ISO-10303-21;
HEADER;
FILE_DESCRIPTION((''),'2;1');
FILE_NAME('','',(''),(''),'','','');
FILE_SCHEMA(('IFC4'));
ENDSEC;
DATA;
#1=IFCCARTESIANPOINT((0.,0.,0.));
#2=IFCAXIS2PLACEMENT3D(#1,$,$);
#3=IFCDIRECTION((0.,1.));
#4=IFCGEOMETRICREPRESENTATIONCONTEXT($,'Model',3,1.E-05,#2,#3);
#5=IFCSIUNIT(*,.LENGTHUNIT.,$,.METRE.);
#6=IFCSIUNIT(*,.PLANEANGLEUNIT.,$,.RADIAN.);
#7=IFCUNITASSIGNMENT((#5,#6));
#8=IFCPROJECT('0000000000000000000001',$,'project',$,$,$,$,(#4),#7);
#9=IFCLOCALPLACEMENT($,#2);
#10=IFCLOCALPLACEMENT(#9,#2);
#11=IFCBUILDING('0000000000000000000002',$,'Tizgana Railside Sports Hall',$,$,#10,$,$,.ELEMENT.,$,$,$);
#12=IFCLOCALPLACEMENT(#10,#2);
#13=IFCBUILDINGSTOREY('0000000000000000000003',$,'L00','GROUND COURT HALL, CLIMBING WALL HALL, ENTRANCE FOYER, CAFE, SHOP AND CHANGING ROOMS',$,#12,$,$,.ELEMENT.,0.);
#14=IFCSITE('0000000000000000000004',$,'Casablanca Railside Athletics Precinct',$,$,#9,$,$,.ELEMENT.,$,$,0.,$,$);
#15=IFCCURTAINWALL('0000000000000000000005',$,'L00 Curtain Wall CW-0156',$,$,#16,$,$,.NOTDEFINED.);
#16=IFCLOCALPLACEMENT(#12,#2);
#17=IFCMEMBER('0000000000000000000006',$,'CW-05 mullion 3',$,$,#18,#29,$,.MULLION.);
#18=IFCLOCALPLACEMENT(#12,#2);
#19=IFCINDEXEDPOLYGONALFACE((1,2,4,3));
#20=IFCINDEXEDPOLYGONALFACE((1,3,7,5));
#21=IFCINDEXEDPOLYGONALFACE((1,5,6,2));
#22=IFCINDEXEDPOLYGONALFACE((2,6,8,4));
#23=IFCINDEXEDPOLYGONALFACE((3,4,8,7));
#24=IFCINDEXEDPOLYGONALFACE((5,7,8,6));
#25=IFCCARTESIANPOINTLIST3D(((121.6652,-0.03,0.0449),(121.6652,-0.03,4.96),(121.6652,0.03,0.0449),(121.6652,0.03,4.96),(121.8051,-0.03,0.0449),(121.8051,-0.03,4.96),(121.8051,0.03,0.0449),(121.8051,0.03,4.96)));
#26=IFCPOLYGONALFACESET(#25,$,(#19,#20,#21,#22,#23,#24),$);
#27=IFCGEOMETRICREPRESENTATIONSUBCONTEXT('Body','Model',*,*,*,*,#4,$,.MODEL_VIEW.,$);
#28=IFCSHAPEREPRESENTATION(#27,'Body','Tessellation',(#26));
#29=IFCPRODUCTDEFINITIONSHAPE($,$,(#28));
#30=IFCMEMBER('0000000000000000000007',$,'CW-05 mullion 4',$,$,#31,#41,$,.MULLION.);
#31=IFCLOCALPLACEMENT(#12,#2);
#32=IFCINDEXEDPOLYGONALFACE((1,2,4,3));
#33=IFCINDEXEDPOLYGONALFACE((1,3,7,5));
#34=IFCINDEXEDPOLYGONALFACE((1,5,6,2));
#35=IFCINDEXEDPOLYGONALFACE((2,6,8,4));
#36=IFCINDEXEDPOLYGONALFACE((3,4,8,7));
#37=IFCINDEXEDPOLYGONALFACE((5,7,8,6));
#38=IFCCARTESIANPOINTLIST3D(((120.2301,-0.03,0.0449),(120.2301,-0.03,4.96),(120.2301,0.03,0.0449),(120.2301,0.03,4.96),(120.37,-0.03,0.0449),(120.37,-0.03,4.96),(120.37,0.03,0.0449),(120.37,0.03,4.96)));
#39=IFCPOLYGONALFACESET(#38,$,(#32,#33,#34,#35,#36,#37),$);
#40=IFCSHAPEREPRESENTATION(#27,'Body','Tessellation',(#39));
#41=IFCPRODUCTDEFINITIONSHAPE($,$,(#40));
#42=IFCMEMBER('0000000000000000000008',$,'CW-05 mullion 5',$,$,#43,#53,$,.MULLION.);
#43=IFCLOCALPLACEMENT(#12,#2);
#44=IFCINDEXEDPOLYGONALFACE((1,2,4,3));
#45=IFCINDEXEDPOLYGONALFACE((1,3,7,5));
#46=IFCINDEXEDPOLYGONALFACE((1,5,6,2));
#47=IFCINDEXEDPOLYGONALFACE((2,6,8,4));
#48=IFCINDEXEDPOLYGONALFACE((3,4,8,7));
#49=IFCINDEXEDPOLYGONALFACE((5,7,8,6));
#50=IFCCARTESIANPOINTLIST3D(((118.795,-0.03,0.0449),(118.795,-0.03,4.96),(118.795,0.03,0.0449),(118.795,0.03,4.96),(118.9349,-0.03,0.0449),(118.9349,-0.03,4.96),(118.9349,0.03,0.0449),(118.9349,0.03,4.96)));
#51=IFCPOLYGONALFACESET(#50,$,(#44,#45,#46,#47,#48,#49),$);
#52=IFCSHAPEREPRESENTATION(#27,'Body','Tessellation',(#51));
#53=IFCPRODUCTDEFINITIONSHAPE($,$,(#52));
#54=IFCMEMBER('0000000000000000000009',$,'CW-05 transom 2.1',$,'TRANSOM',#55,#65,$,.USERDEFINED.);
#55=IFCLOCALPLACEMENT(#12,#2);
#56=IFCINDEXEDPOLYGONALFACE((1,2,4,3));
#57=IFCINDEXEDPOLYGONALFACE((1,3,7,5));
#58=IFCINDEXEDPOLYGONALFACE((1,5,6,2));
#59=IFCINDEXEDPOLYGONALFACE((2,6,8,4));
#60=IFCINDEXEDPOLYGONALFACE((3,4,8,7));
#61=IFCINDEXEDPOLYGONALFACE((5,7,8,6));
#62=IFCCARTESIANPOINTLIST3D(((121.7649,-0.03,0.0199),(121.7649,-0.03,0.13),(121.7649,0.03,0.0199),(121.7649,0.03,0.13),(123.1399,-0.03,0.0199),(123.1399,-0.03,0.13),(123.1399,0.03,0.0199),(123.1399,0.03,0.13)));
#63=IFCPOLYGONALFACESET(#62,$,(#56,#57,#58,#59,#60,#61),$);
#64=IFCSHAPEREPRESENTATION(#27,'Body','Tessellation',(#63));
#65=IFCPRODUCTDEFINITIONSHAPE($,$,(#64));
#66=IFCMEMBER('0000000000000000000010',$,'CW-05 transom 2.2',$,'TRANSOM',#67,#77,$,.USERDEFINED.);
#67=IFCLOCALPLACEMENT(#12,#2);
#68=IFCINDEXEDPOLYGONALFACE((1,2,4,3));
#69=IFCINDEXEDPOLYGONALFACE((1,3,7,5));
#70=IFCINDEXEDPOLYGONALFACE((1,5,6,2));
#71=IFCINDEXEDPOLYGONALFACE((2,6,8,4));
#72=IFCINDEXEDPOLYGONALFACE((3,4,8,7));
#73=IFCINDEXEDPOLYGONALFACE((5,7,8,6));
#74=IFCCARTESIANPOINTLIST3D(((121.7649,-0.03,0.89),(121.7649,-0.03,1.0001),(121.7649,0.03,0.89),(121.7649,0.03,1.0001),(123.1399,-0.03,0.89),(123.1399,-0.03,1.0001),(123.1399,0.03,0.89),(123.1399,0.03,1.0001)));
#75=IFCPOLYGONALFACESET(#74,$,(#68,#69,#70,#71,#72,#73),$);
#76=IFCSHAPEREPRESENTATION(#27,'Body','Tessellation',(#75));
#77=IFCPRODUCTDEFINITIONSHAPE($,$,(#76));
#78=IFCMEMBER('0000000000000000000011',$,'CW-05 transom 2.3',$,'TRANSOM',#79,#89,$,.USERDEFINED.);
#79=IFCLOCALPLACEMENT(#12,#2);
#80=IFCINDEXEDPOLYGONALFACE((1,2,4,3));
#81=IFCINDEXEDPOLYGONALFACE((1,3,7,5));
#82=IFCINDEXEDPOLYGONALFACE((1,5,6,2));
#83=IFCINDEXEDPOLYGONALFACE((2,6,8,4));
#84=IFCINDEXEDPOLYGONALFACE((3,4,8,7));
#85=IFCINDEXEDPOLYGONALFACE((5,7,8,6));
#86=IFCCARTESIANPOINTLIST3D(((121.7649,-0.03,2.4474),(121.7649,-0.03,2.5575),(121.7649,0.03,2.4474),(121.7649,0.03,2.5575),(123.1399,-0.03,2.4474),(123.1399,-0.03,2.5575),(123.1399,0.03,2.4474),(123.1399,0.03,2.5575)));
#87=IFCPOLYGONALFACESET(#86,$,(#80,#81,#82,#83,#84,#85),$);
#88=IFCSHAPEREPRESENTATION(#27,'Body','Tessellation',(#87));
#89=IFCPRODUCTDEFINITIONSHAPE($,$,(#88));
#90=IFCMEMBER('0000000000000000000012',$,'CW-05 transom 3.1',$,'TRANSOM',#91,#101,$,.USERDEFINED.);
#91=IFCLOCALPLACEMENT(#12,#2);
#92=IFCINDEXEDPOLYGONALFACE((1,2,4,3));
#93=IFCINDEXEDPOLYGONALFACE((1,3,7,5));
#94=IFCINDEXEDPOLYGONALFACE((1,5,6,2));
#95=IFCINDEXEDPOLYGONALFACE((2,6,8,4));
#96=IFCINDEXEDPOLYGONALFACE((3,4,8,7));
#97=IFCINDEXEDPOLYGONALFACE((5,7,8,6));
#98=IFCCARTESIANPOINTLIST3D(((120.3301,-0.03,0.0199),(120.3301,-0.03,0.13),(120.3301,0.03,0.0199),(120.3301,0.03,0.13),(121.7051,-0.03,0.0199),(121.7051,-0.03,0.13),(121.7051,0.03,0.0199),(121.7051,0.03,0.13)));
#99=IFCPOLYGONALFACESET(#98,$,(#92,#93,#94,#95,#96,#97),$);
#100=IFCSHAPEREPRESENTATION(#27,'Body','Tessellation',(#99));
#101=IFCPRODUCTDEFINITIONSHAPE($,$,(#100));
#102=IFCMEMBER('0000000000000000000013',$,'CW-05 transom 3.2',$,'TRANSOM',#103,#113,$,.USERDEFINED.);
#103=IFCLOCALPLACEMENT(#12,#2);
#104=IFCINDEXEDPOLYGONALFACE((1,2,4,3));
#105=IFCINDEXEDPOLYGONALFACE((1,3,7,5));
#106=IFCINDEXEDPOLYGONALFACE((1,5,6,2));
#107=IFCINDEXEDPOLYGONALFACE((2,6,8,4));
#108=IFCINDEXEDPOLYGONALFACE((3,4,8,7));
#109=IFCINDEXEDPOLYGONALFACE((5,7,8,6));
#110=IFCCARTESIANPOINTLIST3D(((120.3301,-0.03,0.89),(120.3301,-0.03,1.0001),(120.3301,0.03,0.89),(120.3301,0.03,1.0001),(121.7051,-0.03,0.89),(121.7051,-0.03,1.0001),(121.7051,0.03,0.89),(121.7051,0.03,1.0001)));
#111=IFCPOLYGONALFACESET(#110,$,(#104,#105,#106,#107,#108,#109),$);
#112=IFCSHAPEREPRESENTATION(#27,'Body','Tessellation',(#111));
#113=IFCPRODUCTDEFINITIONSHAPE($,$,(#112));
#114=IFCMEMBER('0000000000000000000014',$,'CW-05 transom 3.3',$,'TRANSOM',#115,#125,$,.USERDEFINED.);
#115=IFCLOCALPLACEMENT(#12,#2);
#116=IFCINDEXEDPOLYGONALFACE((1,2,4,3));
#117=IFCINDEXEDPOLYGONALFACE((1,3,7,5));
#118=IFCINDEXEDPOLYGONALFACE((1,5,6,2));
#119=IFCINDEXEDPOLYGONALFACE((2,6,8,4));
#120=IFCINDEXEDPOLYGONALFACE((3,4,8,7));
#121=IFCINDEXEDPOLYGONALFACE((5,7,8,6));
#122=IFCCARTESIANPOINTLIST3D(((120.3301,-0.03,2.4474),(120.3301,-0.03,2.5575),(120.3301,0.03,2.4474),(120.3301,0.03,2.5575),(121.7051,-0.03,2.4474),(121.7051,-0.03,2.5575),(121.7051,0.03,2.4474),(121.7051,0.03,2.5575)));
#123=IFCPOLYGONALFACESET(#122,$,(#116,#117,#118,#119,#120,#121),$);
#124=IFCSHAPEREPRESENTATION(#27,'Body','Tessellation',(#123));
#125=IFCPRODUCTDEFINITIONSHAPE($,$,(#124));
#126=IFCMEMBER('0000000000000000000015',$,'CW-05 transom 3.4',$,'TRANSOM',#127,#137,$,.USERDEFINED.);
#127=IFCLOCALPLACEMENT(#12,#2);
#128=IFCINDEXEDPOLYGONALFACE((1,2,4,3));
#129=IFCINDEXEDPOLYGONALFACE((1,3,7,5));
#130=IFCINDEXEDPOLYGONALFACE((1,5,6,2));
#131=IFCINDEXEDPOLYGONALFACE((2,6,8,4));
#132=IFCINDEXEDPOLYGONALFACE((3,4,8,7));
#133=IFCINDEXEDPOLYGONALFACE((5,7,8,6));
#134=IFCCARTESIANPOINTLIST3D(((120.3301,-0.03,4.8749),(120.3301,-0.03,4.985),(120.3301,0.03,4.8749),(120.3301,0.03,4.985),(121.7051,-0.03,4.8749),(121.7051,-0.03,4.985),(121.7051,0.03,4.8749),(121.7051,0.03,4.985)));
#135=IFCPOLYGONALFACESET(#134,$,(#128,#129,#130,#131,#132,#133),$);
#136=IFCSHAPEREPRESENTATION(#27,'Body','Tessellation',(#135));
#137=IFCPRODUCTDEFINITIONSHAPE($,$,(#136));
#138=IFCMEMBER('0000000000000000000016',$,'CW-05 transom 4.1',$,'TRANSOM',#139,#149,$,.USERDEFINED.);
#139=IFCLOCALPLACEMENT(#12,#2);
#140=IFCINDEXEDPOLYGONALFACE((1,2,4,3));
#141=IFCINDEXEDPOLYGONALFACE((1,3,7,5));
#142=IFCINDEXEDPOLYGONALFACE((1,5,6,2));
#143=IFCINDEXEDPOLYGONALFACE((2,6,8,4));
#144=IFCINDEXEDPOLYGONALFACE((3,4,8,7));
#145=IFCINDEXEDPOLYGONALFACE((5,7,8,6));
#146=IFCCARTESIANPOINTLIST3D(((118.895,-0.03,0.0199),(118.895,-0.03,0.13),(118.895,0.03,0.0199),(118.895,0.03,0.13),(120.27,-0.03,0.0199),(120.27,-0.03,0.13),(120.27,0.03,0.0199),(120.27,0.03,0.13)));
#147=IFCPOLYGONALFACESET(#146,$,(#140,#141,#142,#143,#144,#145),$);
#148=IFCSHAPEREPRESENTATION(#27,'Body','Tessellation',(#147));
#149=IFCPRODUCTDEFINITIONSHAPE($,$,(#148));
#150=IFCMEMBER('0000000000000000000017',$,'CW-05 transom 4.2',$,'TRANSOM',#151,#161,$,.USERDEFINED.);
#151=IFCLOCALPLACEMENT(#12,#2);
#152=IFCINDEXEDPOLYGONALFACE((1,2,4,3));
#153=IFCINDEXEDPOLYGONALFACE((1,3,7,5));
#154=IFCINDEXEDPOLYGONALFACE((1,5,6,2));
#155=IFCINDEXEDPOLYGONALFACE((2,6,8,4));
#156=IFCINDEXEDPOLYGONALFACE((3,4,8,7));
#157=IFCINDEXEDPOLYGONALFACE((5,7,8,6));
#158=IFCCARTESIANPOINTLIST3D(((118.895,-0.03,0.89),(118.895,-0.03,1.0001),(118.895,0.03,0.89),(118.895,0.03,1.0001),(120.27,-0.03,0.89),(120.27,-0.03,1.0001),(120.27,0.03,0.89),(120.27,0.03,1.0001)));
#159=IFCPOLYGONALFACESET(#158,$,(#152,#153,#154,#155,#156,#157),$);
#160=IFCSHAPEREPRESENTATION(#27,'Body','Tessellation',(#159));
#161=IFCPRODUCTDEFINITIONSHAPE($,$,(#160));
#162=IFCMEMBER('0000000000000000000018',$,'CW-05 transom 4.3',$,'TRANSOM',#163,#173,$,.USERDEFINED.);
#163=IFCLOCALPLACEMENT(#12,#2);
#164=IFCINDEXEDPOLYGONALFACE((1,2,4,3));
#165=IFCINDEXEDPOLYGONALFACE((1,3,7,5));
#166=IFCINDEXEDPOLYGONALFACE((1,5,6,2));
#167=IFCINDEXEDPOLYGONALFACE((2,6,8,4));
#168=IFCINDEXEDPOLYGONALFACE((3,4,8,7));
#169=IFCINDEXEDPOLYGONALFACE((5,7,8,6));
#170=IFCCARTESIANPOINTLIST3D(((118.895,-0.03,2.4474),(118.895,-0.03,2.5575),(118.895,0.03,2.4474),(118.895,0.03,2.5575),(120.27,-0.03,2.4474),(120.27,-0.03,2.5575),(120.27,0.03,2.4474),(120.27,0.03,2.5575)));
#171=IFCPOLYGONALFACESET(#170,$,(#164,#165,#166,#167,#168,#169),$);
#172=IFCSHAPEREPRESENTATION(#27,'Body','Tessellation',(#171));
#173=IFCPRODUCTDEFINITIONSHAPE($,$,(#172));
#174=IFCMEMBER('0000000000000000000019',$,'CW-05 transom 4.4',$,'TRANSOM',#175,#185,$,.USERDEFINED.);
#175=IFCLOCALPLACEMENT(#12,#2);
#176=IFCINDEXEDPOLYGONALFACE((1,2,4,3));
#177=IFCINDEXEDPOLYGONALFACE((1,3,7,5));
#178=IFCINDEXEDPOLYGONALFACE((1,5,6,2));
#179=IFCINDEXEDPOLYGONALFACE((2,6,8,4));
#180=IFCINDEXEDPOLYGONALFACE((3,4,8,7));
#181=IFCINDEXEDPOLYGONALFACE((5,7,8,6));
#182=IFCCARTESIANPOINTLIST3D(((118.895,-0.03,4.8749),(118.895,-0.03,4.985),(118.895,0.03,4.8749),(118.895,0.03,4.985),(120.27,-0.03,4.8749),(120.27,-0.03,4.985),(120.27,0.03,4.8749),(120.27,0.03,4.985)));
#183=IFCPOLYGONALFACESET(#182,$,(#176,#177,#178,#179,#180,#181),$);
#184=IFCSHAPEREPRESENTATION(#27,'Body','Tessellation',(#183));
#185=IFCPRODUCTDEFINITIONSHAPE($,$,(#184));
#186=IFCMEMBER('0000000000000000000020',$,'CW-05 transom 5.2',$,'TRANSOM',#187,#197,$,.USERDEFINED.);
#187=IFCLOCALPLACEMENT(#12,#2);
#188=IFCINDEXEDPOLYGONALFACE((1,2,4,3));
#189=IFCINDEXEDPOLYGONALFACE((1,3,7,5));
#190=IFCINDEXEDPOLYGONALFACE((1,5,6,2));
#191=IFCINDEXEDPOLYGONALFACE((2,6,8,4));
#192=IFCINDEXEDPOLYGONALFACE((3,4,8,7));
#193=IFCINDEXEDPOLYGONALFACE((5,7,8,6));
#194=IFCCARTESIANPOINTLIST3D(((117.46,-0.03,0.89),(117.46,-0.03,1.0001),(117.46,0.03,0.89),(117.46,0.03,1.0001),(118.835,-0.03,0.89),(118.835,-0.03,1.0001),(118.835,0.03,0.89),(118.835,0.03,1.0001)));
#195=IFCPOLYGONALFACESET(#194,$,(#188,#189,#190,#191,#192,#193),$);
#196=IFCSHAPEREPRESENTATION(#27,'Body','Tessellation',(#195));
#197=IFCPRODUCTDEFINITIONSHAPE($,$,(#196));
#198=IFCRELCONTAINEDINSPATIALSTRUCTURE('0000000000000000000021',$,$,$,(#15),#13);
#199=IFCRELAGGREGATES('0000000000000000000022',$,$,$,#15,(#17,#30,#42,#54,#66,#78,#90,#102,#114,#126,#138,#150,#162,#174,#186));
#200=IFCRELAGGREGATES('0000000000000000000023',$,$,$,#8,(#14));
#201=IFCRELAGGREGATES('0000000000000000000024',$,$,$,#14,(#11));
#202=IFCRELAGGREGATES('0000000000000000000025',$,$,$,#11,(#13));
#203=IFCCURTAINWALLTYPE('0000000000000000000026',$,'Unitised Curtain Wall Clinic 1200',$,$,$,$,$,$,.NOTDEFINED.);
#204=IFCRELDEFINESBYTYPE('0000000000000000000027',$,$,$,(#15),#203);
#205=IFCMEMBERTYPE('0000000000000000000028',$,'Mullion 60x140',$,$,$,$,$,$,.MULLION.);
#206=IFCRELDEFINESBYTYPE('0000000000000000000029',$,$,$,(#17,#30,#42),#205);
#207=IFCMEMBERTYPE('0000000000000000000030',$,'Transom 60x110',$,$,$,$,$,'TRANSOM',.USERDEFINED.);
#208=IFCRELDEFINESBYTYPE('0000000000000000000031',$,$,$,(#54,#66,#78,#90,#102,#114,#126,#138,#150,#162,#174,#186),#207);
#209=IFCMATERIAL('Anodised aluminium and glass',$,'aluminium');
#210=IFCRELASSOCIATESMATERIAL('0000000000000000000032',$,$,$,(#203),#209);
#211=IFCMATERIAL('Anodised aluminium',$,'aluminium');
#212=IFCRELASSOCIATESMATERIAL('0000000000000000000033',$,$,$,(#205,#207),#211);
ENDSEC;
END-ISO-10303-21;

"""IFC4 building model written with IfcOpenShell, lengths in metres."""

from ifc_helpers import new_model, si_unit, direction, frame, origin, origin_2d, place, context, subcontext, project, spatial, rectangle, extrude, material, material_profile, profile_set, type_object, element, aggregate, save


model = new_model("IFC4")

# Units and contexts
model_context = context("Model", 3, precision=1e-05, world=origin(), true_north=direction((0.0, 1.0)))
body_context = subcontext(model_context, "Body", "Model", "MODEL_VIEW")
ifc_project = project(units=[si_unit("LENGTHUNIT", "METRE"), si_unit("PLANEANGLEUNIT", "RADIAN")], contexts=[model_context])

# Site, building, storey
site_placement = place(None, origin())
site = spatial("IfcSite", under=ifc_project, at=site_placement, Name="Casablanca Railside Athletics Precinct", CompositionType="ELEMENT", RefElevation=0.0)
building_placement = place(site_placement, origin())
building = spatial("IfcBuilding", under=site, at=building_placement, Name="Tizgana Railside Sports Hall", CompositionType="ELEMENT")
storey_placement = place(building_placement, origin())
storey = spatial("IfcBuildingStorey", under=building, at=storey_placement, Name="L00", Description="GROUND COURT HALL, CLIMBING WALL HALL, ENTRANCE FOYER, CAFE, SHOP AND CHANGING ROOMS", CompositionType="ELEMENT", Elevation=0.0)

# Curtain wall, members
ifc_material_1 = material(Name="Anodised aluminium and glass", Category="aluminium")
curtain_wall_type = type_object("IfcCurtainWallType", Name="Unitised Curtain Wall Clinic 1200", PredefinedType="NOTDEFINED", material=ifc_material_1)
curtain_wall_placement = place(storey_placement, origin())
curtain_wall = element("IfcCurtainWall", 1, at=curtain_wall_placement, inside=storey, type_object=curtain_wall_type, Name="L00 Curtain Wall CW-0156", PredefinedType="NOTDEFINED")
ifc_material_2 = material(Name="Anodised aluminium", Category="aluminium")
ifc_material_profile_1 = material_profile(ifc_material_2, rectangle(XDim=0.0601, YDim=0.1399, at=origin_2d()), Name="Mullion 60x140")
ifc_profile_set_1 = profile_set([ifc_material_profile_1], Name="Anodised aluminium")
member_type_1 = type_object("IfcMemberType", Name="Mullion 60x140", PredefinedType="MULLION", material=ifc_profile_set_1)
member_1_placement = place(storey_placement, frame((121.7351, 0.0, 0.0449), z_axis=(0.0, 0.0, 1.0), x_axis=(0.0, -1.0, 0.0)))
member_1 = element("IfcMember", 2, at=member_1_placement, type_object=member_type_1, Name="CW-05 mullion 3", PredefinedType="MULLION", context=body_context, shape_type="SweptSolid", body=[
    extrude(rectangle(XDim=0.0601, YDim=0.1399, at=origin_2d()), origin(), (0.0, 0.0, 1.0), 4.915),
])
member_2_placement = place(storey_placement, frame((120.3, 0.0, 0.0449), z_axis=(0.0, 0.0, 1.0), x_axis=(0.0, -1.0, 0.0)))
member_2 = element("IfcMember", 3, at=member_2_placement, type_object=member_type_1, Name="CW-05 mullion 4", PredefinedType="MULLION", context=body_context, shape_type="SweptSolid", body=[
    extrude(rectangle(XDim=0.0601, YDim=0.1399, at=origin_2d()), origin(), (0.0, 0.0, 1.0), 4.915),
])
member_3_placement = place(storey_placement, frame((118.865, 0.0, 0.0449), z_axis=(0.0, 0.0, 1.0), x_axis=(0.0, -1.0, 0.0)))
member_3 = element("IfcMember", 4, at=member_3_placement, type_object=member_type_1, Name="CW-05 mullion 5", PredefinedType="MULLION", context=body_context, shape_type="SweptSolid", body=[
    extrude(rectangle(XDim=0.0601, YDim=0.1399, at=origin_2d()), origin(), (0.0, 0.0, 1.0), 4.915),
])
ifc_material_profile_2 = material_profile(ifc_material_2, rectangle(XDim=0.0601, YDim=0.1101, at=origin_2d()), Name="Transom 60x110")
ifc_profile_set_2 = profile_set([ifc_material_profile_2], Name="Anodised aluminium")
member_type_2 = type_object("IfcMemberType", Name="Transom 60x110", ElementType="TRANSOM", PredefinedType="USERDEFINED", material=ifc_profile_set_2)
member_4_placement = place(storey_placement, frame((123.1399, 0.0, 0.075), z_axis=(-1.0, 0.0, 0.0), x_axis=(0.0, -1.0, 0.0)))
member_4 = element("IfcMember", 5, at=member_4_placement, type_object=member_type_2, Name="CW-05 transom 2.1", ObjectType="TRANSOM", PredefinedType="USERDEFINED", context=body_context, shape_type="SweptSolid", body=[
    extrude(rectangle(XDim=0.0601, YDim=0.1101, at=origin_2d()), origin(), (0.0, 0.0, 1.0), 1.375),
])
member_5_placement = place(storey_placement, frame((123.1399, 0.0, 0.9451), z_axis=(-1.0, 0.0, 0.0), x_axis=(0.0, -1.0, 0.0)))
member_5 = element("IfcMember", 6, at=member_5_placement, type_object=member_type_2, Name="CW-05 transom 2.2", ObjectType="TRANSOM", PredefinedType="USERDEFINED", context=body_context, shape_type="SweptSolid", body=[
    extrude(rectangle(XDim=0.0601, YDim=0.1101, at=origin_2d()), origin(), (0.0, 0.0, 1.0), 1.375),
])
member_6_placement = place(storey_placement, frame((123.1399, 0.0, 2.5024), z_axis=(-1.0, 0.0, 0.0), x_axis=(0.0, -1.0, 0.0)))
member_6 = element("IfcMember", 7, at=member_6_placement, type_object=member_type_2, Name="CW-05 transom 2.3", ObjectType="TRANSOM", PredefinedType="USERDEFINED", context=body_context, shape_type="SweptSolid", body=[
    extrude(rectangle(XDim=0.0601, YDim=0.1101, at=origin_2d()), origin(), (0.0, 0.0, 1.0), 1.375),
])
member_7_placement = place(storey_placement, frame((121.7051, 0.0, 0.075), z_axis=(-1.0, 0.0, 0.0), x_axis=(0.0, -1.0, 0.0)))
member_7 = element("IfcMember", 8, at=member_7_placement, type_object=member_type_2, Name="CW-05 transom 3.1", ObjectType="TRANSOM", PredefinedType="USERDEFINED", context=body_context, shape_type="SweptSolid", body=[
    extrude(rectangle(XDim=0.0601, YDim=0.1101, at=origin_2d()), origin(), (0.0, 0.0, 1.0), 1.375),
])
member_8_placement = place(storey_placement, frame((121.7051, 0.0, 0.9451), z_axis=(-1.0, 0.0, 0.0), x_axis=(0.0, -1.0, 0.0)))
member_8 = element("IfcMember", 9, at=member_8_placement, type_object=member_type_2, Name="CW-05 transom 3.2", ObjectType="TRANSOM", PredefinedType="USERDEFINED", context=body_context, shape_type="SweptSolid", body=[
    extrude(rectangle(XDim=0.0601, YDim=0.1101, at=origin_2d()), origin(), (0.0, 0.0, 1.0), 1.375),
])
member_9_placement = place(storey_placement, frame((121.7051, 0.0, 2.5024), z_axis=(-1.0, 0.0, 0.0), x_axis=(0.0, -1.0, 0.0)))
member_9 = element("IfcMember", 10, at=member_9_placement, type_object=member_type_2, Name="CW-05 transom 3.3", ObjectType="TRANSOM", PredefinedType="USERDEFINED", context=body_context, shape_type="SweptSolid", body=[
    extrude(rectangle(XDim=0.0601, YDim=0.1101, at=origin_2d()), origin(), (0.0, 0.0, 1.0), 1.375),
])
member_10_placement = place(storey_placement, frame((121.7051, 0.0, 4.9299), z_axis=(-1.0, 0.0, 0.0), x_axis=(0.0, -1.0, 0.0)))
member_10 = element("IfcMember", 11, at=member_10_placement, type_object=member_type_2, Name="CW-05 transom 3.4", ObjectType="TRANSOM", PredefinedType="USERDEFINED", context=body_context, shape_type="SweptSolid", body=[
    extrude(rectangle(XDim=0.0601, YDim=0.1101, at=origin_2d()), origin(), (0.0, 0.0, 1.0), 1.375),
])
member_11_placement = place(storey_placement, frame((120.27, 0.0, 0.075), z_axis=(-1.0, 0.0, 0.0), x_axis=(0.0, -1.0, 0.0)))
member_11 = element("IfcMember", 12, at=member_11_placement, type_object=member_type_2, Name="CW-05 transom 4.1", ObjectType="TRANSOM", PredefinedType="USERDEFINED", context=body_context, shape_type="SweptSolid", body=[
    extrude(rectangle(XDim=0.0601, YDim=0.1101, at=origin_2d()), origin(), (0.0, 0.0, 1.0), 1.375),
])
member_12_placement = place(storey_placement, frame((120.27, 0.0, 0.9451), z_axis=(-1.0, 0.0, 0.0), x_axis=(0.0, -1.0, 0.0)))
member_12 = element("IfcMember", 13, at=member_12_placement, type_object=member_type_2, Name="CW-05 transom 4.2", ObjectType="TRANSOM", PredefinedType="USERDEFINED", context=body_context, shape_type="SweptSolid", body=[
    extrude(rectangle(XDim=0.0601, YDim=0.1101, at=origin_2d()), origin(), (0.0, 0.0, 1.0), 1.375),
])
member_13_placement = place(storey_placement, frame((120.27, 0.0, 2.5024), z_axis=(-1.0, 0.0, 0.0), x_axis=(0.0, -1.0, 0.0)))
member_13 = element("IfcMember", 14, at=member_13_placement, type_object=member_type_2, Name="CW-05 transom 4.3", ObjectType="TRANSOM", PredefinedType="USERDEFINED", context=body_context, shape_type="SweptSolid", body=[
    extrude(rectangle(XDim=0.0601, YDim=0.1101, at=origin_2d()), origin(), (0.0, 0.0, 1.0), 1.375),
])
member_14_placement = place(storey_placement, frame((120.27, 0.0, 4.9299), z_axis=(-1.0, 0.0, 0.0), x_axis=(0.0, -1.0, 0.0)))
member_14 = element("IfcMember", 15, at=member_14_placement, type_object=member_type_2, Name="CW-05 transom 4.4", ObjectType="TRANSOM", PredefinedType="USERDEFINED", context=body_context, shape_type="SweptSolid", body=[
    extrude(rectangle(XDim=0.0601, YDim=0.1101, at=origin_2d()), origin(), (0.0, 0.0, 1.0), 1.375),
])
member_15_placement = place(storey_placement, frame((118.835, 0.0, 0.9451), z_axis=(-1.0, 0.0, 0.0), x_axis=(0.0, -1.0, 0.0)))
member_15 = element("IfcMember", 16, at=member_15_placement, type_object=member_type_2, Name="CW-05 transom 5.2", ObjectType="TRANSOM", PredefinedType="USERDEFINED", context=body_context, shape_type="SweptSolid", body=[
    extrude(rectangle(XDim=0.0601, YDim=0.1101, at=origin_2d()), origin(), (0.0, 0.0, 1.0), 1.375),
])
aggregate(curtain_wall, [member_1, member_2, member_3, member_4, member_5, member_6, member_7, member_8, member_9, member_10, member_11, member_12, member_13, member_14, member_15])

save(model, "model.ifc")
